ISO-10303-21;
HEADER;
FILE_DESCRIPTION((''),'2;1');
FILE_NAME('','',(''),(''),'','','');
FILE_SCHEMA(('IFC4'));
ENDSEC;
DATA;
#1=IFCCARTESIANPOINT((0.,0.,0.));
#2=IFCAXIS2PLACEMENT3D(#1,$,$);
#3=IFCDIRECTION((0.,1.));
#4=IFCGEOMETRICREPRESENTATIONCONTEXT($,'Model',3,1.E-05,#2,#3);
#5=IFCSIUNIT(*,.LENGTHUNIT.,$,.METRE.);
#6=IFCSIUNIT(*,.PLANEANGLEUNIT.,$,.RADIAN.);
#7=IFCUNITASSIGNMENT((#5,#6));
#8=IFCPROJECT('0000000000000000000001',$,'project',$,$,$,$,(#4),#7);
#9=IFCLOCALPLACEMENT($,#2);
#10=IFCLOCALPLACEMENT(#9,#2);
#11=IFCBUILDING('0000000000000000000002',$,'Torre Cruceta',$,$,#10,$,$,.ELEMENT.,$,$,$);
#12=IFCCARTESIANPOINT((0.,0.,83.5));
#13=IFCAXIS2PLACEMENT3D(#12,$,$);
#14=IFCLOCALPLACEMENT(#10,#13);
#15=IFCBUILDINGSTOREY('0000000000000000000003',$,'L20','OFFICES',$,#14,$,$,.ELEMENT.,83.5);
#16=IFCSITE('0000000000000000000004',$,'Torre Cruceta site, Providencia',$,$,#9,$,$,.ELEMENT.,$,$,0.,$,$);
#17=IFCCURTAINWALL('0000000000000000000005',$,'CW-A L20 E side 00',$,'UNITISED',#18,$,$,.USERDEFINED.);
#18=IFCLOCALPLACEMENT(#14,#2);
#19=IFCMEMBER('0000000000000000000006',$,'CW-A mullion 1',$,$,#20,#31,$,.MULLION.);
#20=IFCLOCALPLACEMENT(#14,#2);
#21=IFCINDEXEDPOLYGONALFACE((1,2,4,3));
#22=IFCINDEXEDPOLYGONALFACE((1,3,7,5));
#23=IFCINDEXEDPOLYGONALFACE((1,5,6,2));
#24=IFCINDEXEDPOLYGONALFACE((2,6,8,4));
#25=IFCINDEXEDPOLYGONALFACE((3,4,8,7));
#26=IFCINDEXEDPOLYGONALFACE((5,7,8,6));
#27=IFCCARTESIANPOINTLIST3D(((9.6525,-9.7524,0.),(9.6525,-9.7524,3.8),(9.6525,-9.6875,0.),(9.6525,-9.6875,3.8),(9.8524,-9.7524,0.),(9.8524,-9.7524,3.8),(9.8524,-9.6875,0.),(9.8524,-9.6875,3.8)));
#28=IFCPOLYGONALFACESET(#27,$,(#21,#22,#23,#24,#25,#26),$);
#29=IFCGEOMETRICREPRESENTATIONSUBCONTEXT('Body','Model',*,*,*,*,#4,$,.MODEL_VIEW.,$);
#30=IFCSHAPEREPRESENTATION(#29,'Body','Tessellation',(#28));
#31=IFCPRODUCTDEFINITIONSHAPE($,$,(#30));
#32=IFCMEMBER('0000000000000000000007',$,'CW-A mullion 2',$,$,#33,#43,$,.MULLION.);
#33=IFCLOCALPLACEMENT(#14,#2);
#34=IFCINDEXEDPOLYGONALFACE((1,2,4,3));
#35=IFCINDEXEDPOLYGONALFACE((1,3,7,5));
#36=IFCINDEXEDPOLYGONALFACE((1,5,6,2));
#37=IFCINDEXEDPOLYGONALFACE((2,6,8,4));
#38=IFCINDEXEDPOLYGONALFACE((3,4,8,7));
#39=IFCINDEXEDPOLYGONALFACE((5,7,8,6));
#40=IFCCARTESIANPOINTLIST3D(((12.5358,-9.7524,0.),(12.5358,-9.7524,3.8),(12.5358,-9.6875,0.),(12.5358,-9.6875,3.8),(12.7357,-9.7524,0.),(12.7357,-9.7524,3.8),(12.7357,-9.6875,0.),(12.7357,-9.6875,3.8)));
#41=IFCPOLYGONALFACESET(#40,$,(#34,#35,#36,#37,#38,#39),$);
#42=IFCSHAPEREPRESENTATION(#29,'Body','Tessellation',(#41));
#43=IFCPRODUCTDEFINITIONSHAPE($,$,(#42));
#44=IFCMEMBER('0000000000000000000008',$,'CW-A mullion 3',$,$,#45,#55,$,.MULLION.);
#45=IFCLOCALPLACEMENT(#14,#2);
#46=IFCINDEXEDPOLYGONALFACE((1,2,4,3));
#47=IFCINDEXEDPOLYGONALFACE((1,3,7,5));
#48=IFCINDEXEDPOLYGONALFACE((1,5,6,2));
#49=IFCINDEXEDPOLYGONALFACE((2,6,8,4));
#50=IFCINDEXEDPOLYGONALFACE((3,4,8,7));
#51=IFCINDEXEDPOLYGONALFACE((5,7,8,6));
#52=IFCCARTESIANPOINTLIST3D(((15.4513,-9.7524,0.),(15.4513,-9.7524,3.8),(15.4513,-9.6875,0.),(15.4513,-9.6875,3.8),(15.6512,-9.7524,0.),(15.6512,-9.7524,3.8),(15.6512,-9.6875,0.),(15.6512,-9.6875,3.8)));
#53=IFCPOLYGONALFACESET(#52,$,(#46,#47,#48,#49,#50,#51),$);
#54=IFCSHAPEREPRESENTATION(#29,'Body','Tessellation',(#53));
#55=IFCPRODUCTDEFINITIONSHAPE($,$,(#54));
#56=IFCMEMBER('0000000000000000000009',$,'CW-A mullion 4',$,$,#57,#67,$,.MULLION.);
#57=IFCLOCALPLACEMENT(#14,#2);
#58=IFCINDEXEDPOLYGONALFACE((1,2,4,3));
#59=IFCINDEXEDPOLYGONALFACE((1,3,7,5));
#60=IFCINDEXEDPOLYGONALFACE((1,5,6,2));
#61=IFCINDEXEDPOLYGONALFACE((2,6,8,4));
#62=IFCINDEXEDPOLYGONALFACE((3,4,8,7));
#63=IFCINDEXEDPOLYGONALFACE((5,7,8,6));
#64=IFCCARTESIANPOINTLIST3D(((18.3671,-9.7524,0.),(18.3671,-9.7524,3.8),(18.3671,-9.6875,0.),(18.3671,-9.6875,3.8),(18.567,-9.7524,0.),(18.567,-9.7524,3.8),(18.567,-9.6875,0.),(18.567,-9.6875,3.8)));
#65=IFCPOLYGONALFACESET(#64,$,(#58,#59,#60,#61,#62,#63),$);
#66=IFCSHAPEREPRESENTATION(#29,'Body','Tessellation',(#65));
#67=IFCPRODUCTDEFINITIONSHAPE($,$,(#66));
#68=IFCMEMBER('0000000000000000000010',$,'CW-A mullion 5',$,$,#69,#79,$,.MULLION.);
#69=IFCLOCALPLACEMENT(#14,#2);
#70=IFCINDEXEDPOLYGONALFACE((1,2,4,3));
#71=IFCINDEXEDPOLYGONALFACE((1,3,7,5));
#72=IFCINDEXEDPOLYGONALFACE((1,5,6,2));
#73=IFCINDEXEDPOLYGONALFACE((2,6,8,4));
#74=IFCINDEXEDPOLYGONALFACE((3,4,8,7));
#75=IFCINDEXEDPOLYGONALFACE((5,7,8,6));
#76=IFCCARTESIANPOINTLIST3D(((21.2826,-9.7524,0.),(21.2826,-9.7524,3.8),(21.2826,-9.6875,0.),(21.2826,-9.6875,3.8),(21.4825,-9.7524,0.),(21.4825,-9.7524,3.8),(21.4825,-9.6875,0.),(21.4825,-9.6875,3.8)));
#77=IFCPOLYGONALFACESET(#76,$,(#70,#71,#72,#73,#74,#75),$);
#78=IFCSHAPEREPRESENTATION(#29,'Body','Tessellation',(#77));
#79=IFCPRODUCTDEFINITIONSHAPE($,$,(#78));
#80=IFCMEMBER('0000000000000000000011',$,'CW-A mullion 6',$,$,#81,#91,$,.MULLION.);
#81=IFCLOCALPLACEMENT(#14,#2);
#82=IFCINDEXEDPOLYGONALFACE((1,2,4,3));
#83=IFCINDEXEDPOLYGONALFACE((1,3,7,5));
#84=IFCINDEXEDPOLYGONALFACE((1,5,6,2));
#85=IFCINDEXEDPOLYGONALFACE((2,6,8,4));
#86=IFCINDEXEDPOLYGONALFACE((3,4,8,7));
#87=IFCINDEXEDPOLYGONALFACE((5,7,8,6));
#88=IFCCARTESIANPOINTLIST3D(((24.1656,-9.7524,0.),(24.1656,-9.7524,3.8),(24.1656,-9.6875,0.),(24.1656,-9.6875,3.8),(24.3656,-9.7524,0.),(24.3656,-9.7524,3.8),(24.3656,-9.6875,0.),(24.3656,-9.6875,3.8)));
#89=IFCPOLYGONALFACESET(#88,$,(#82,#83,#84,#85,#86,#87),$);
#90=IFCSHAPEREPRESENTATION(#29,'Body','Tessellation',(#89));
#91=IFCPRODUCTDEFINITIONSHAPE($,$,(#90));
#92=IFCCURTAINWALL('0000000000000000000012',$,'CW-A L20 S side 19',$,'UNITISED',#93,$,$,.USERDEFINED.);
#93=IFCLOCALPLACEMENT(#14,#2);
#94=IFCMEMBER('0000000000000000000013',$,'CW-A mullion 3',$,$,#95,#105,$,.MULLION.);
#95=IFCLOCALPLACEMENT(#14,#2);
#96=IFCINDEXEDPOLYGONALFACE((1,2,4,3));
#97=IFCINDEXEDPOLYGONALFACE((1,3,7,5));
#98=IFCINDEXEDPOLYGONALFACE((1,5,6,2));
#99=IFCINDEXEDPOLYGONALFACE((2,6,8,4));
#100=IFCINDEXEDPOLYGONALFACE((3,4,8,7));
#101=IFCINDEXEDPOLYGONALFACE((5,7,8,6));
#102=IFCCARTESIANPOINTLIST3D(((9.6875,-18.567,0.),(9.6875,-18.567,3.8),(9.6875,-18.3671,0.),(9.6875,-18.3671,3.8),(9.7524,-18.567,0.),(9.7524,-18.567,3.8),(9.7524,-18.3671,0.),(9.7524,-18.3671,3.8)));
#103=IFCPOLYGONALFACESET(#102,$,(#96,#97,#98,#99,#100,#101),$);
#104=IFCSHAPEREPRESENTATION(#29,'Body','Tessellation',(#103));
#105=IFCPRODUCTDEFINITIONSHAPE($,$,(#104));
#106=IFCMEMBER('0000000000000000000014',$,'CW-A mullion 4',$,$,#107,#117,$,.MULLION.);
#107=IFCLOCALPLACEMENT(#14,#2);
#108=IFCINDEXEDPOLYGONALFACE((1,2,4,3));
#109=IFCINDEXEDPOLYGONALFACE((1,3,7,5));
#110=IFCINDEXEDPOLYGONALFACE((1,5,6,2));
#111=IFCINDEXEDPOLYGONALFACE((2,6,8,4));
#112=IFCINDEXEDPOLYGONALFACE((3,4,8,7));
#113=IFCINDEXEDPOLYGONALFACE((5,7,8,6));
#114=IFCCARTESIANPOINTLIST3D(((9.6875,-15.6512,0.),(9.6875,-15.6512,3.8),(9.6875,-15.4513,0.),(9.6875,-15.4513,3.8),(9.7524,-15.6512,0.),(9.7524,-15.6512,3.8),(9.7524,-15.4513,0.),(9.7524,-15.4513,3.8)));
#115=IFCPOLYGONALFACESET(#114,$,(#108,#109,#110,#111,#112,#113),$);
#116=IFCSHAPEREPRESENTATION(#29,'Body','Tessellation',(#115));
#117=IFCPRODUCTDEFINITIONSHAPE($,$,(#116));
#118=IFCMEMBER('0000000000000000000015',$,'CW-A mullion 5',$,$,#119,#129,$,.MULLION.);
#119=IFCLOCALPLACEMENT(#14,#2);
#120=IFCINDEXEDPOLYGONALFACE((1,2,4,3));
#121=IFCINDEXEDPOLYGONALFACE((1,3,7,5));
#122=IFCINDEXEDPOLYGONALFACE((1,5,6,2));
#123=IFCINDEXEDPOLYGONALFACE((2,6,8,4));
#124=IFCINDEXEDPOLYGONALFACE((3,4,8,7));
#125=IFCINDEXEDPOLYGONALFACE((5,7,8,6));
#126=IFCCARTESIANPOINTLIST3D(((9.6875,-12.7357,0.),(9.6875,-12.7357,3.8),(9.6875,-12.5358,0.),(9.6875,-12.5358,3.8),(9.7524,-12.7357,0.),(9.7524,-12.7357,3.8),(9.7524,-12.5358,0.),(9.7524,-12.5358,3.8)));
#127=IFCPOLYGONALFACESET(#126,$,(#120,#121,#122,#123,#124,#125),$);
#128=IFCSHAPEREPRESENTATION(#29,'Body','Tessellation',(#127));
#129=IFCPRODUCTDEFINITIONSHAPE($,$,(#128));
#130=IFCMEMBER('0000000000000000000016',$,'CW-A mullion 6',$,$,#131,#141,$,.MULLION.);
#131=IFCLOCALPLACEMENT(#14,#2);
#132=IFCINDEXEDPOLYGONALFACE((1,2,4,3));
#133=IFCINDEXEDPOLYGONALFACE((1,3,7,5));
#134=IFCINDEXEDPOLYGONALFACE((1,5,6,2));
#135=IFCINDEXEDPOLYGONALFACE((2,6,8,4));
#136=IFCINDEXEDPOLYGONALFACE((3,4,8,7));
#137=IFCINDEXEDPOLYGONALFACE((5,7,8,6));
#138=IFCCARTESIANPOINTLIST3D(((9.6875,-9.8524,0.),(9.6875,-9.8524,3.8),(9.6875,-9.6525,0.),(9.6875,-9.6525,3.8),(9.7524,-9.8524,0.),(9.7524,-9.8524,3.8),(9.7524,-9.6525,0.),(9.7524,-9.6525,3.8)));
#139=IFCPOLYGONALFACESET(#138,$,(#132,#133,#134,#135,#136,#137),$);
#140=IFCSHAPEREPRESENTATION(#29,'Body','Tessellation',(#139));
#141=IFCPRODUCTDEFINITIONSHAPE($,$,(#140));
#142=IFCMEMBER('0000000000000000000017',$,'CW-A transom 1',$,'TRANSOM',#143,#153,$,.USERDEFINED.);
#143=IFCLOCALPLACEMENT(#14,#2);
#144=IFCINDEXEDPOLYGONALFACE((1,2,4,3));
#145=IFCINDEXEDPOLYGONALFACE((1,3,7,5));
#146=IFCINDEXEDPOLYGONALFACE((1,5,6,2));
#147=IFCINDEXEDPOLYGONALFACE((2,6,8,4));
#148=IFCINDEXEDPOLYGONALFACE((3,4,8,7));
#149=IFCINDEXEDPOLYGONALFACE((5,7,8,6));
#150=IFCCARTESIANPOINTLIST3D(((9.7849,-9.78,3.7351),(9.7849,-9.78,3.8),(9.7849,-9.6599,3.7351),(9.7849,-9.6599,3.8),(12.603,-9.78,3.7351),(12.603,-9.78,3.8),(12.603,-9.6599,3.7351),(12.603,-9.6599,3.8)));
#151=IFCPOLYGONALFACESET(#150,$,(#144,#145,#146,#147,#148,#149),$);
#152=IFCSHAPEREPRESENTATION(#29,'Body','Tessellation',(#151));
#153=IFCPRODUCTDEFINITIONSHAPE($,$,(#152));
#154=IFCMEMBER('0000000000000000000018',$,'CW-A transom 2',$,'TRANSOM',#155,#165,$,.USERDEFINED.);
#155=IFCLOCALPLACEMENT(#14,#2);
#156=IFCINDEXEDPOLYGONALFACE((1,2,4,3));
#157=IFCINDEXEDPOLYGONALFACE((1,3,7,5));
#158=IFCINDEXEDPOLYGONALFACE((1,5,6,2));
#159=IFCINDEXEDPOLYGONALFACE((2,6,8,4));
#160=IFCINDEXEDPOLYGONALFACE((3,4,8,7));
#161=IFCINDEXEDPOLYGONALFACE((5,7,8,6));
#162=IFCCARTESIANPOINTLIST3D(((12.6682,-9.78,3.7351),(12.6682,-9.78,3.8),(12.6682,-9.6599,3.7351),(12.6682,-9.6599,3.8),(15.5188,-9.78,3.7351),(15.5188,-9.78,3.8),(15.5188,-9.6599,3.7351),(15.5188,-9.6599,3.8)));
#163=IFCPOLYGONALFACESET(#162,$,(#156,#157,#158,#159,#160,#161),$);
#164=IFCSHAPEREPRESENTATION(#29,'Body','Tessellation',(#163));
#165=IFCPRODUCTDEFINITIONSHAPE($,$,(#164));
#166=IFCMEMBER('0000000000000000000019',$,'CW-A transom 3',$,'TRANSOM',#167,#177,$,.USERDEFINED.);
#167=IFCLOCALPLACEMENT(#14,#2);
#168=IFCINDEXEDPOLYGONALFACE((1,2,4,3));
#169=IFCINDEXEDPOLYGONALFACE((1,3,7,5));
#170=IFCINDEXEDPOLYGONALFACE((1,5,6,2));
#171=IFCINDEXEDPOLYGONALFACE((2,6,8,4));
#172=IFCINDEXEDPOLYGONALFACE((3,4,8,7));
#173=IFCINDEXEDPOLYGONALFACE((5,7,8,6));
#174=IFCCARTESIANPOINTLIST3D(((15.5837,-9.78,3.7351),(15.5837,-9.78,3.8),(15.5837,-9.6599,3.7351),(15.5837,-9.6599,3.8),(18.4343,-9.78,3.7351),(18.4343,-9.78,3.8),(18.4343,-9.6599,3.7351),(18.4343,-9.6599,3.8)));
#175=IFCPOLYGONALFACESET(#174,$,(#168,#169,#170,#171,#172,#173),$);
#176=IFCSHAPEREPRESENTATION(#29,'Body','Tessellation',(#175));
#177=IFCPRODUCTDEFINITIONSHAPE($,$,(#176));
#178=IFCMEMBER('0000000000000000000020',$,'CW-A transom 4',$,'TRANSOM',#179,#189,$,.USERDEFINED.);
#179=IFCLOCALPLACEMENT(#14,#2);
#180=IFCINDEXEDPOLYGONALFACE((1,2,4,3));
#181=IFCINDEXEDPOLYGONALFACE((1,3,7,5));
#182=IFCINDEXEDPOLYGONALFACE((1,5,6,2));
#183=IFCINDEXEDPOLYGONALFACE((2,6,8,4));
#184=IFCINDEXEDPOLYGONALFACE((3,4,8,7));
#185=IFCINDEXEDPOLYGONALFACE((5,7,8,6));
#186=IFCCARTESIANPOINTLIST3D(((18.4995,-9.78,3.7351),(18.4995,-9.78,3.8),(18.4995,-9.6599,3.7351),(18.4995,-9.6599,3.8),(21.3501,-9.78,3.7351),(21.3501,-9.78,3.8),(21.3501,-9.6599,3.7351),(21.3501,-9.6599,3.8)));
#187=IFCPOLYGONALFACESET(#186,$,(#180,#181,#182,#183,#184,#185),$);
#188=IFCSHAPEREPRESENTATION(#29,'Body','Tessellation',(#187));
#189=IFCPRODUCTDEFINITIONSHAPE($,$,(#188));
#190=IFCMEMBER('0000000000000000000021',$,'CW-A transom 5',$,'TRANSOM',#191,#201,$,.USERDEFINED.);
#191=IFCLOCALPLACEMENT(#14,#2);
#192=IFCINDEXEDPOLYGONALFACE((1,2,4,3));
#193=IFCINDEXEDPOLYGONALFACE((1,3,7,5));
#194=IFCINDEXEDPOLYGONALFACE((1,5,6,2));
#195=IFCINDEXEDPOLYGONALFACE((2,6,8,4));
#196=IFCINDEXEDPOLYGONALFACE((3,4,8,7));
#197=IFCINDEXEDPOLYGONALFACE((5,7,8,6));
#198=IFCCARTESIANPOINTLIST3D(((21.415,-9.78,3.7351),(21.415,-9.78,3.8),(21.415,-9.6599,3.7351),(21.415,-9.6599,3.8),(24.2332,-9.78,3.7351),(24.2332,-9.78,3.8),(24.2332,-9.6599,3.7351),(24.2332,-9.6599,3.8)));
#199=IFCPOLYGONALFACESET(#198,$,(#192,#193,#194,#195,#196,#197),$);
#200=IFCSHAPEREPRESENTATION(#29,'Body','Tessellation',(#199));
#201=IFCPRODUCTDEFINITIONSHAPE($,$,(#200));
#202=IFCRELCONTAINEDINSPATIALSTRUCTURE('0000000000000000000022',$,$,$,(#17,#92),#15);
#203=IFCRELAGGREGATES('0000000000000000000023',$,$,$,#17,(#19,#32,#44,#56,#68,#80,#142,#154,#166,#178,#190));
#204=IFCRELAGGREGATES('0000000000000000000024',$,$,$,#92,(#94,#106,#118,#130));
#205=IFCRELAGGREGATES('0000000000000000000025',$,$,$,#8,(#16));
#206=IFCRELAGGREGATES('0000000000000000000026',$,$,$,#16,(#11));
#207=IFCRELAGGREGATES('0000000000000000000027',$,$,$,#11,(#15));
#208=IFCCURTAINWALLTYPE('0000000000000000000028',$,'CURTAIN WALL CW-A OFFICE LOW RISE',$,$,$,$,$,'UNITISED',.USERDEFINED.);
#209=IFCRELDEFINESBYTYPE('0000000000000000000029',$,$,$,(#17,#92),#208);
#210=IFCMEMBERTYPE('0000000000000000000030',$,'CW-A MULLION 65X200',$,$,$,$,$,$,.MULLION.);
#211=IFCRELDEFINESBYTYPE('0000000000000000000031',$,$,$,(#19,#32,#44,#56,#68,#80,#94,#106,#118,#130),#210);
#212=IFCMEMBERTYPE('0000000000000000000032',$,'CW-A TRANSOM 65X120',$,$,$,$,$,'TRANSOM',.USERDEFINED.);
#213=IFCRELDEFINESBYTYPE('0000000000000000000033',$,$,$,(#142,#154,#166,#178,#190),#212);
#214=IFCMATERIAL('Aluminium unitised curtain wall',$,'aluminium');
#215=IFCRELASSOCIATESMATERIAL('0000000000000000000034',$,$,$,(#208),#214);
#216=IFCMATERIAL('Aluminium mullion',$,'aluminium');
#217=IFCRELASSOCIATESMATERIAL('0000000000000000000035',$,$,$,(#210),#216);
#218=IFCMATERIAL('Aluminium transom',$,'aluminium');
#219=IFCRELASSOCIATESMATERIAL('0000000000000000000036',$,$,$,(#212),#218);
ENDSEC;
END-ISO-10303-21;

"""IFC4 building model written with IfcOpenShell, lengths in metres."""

from ifc_helpers import new_model, si_unit, direction, frame, origin, origin_2d, place, context, subcontext, project, spatial, rectangle, extrude, material, material_profile, profile_set, type_object, element, aggregate, save


model = new_model("IFC4")

# Units and contexts
model_context = context("Model", 3, precision=1e-05, world=origin(), true_north=direction((0.0, 1.0)))
body_context = subcontext(model_context, "Body", "Model", "MODEL_VIEW")
ifc_project = project(units=[si_unit("LENGTHUNIT", "METRE"), si_unit("PLANEANGLEUNIT", "RADIAN")], contexts=[model_context])

# Site, building, storey
site_placement = place(None, origin())
site = spatial("IfcSite", under=ifc_project, at=site_placement, Name="Torre Cruceta site, Providencia", CompositionType="ELEMENT", RefElevation=0.0)
building_placement = place(site_placement, origin())
building = spatial("IfcBuilding", under=site, at=building_placement, Name="Torre Cruceta", CompositionType="ELEMENT")
storey_placement = place(building_placement, frame((0.0, 0.0, 83.5)))
storey = spatial("IfcBuildingStorey", under=building, at=storey_placement, Name="L20", Description="OFFICES", CompositionType="ELEMENT", Elevation=83.5)

# Curtain walls, members
ifc_material_1 = material(Name="Aluminium unitised curtain wall", Category="aluminium")
curtain_wall_type = type_object("IfcCurtainWallType", Name="CURTAIN WALL CW-A OFFICE LOW RISE", ElementType="UNITISED", PredefinedType="USERDEFINED", material=ifc_material_1)
curtain_wall_1_placement = place(storey_placement, origin())
curtain_wall_1 = element("IfcCurtainWall", 1, at=curtain_wall_1_placement, inside=storey, type_object=curtain_wall_type, Name="CW-A L20 E side 00", ObjectType="UNITISED", PredefinedType="USERDEFINED")
ifc_material_2 = material(Name="Aluminium mullion", Category="aluminium")
ifc_material_profile_1 = material_profile(ifc_material_2, rectangle(XDim=0.0649, YDim=0.2, at=origin_2d()), Name="AL 65X200")
ifc_profile_set_1 = profile_set([ifc_material_profile_1], Name="Aluminium mullion")
member_type_1 = type_object("IfcMemberType", Name="CW-A MULLION 65X200", PredefinedType="MULLION", material=ifc_profile_set_1)
member_1_placement = place(storey_placement, frame((9.7524, -9.72, 0.0), z_axis=(0.0, 0.0, 1.0), x_axis=(0.0, 1.0, 0.0)))
member_1 = element("IfcMember", 2, at=member_1_placement, type_object=member_type_1, Name="CW-A mullion 1", PredefinedType="MULLION", context=body_context, shape_type="SweptSolid", body=[
    extrude(rectangle(XDim=0.0649, YDim=0.2, at=origin_2d()), origin(), (0.0, 0.0, 1.0), 3.8),
])
member_2_placement = place(storey_placement, frame((12.6357, -9.72, 0.0), z_axis=(0.0, 0.0, 1.0), x_axis=(0.0, 1.0, 0.0)))
member_2 = element("IfcMember", 3, at=member_2_placement, type_object=member_type_1, Name="CW-A mullion 2", PredefinedType="MULLION", context=body_context, shape_type="SweptSolid", body=[
    extrude(rectangle(XDim=0.0649, YDim=0.2, at=origin_2d()), origin(), (0.0, 0.0, 1.0), 3.8),
])
member_3_placement = place(storey_placement, frame((15.5513, -9.72, 0.0), z_axis=(0.0, 0.0, 1.0), x_axis=(0.0, 1.0, 0.0)))
member_3 = element("IfcMember", 4, at=member_3_placement, type_object=member_type_1, Name="CW-A mullion 3", PredefinedType="MULLION", context=body_context, shape_type="SweptSolid", body=[
    extrude(rectangle(XDim=0.0649, YDim=0.2, at=origin_2d()), origin(), (0.0, 0.0, 1.0), 3.8),
])
member_4_placement = place(storey_placement, frame((18.467, -9.72, 0.0), z_axis=(0.0, 0.0, 1.0), x_axis=(0.0, 1.0, 0.0)))
member_4 = element("IfcMember", 5, at=member_4_placement, type_object=member_type_1, Name="CW-A mullion 4", PredefinedType="MULLION", context=body_context, shape_type="SweptSolid", body=[
    extrude(rectangle(XDim=0.0649, YDim=0.2, at=origin_2d()), origin(), (0.0, 0.0, 1.0), 3.8),
])
member_5_placement = place(storey_placement, frame((21.3826, -9.72, 0.0), z_axis=(0.0, 0.0, 1.0), x_axis=(0.0, 1.0, 0.0)))
member_5 = element("IfcMember", 6, at=member_5_placement, type_object=member_type_1, Name="CW-A mullion 5", PredefinedType="MULLION", context=body_context, shape_type="SweptSolid", body=[
    extrude(rectangle(XDim=0.0649, YDim=0.2, at=origin_2d()), origin(), (0.0, 0.0, 1.0), 3.8),
])
member_6_placement = place(storey_placement, frame((24.2656, -9.72, 0.0), z_axis=(0.0, 0.0, 1.0), x_axis=(0.0, 1.0, 0.0)))
member_6 = element("IfcMember", 7, at=member_6_placement, type_object=member_type_1, Name="CW-A mullion 6", PredefinedType="MULLION", context=body_context, shape_type="SweptSolid", body=[
    extrude(rectangle(XDim=0.0649, YDim=0.2, at=origin_2d()), origin(), (0.0, 0.0, 1.0), 3.8),
])
curtain_wall_2_placement = place(storey_placement, origin())
curtain_wall_2 = element("IfcCurtainWall", 8, at=curtain_wall_2_placement, inside=storey, type_object=curtain_wall_type, Name="CW-A L20 S side 19", ObjectType="UNITISED", PredefinedType="USERDEFINED")
member_7_placement = place(storey_placement, frame((9.72, -18.467, 0.0), z_axis=(0.0, 0.0, 1.0), x_axis=(-1.0, 0.0, 0.0)))
member_7 = element("IfcMember", 9, at=member_7_placement, type_object=member_type_1, Name="CW-A mullion 3", PredefinedType="MULLION", context=body_context, shape_type="SweptSolid", body=[
    extrude(rectangle(XDim=0.0649, YDim=0.2, at=origin_2d()), origin(), (0.0, 0.0, 1.0), 3.8),
])
member_8_placement = place(storey_placement, frame((9.72, -15.5513, 0.0), z_axis=(0.0, 0.0, 1.0), x_axis=(-1.0, 0.0, 0.0)))
member_8 = element("IfcMember", 10, at=member_8_placement, type_object=member_type_1, Name="CW-A mullion 4", PredefinedType="MULLION", context=body_context, shape_type="SweptSolid", body=[
    extrude(rectangle(XDim=0.0649, YDim=0.2, at=origin_2d()), origin(), (0.0, 0.0, 1.0), 3.8),
])
member_9_placement = place(storey_placement, frame((9.72, -12.6357, 0.0), z_axis=(0.0, 0.0, 1.0), x_axis=(-1.0, 0.0, 0.0)))
member_9 = element("IfcMember", 11, at=member_9_placement, type_object=member_type_1, Name="CW-A mullion 5", PredefinedType="MULLION", context=body_context, shape_type="SweptSolid", body=[
    extrude(rectangle(XDim=0.0649, YDim=0.2, at=origin_2d()), origin(), (0.0, 0.0, 1.0), 3.8),
])
member_10_placement = place(storey_placement, frame((9.72, -9.7524, 0.0), z_axis=(0.0, 0.0, 1.0), x_axis=(-1.0, 0.0, 0.0)))
member_10 = element("IfcMember", 12, at=member_10_placement, type_object=member_type_1, Name="CW-A mullion 6", PredefinedType="MULLION", context=body_context, shape_type="SweptSolid", body=[
    extrude(rectangle(XDim=0.0649, YDim=0.2, at=origin_2d()), origin(), (0.0, 0.0, 1.0), 3.8),
])

# Members
ifc_material_3 = material(Name="Aluminium transom", Category="aluminium")
ifc_material_profile_2 = material_profile(ifc_material_3, rectangle(XDim=0.1201, YDim=0.0649, at=origin_2d()), Name="AL 120X65")
ifc_profile_set_2 = profile_set([ifc_material_profile_2], Name="Aluminium transom")
member_type_2 = type_object("IfcMemberType", Name="CW-A TRANSOM 65X120", ElementType="TRANSOM", PredefinedType="USERDEFINED", material=ifc_profile_set_2)
member_11_placement = place(storey_placement, frame((9.7849, -9.72, 3.7676), z_axis=(1.0, 0.0, 0.0), x_axis=(0.0, 1.0, 0.0)))
member_11 = element("IfcMember", 13, at=member_11_placement, type_object=member_type_2, Name="CW-A transom 1", ObjectType="TRANSOM", PredefinedType="USERDEFINED", context=body_context, shape_type="SweptSolid", body=[
    extrude(rectangle(XDim=0.1201, YDim=0.0649, at=origin_2d()), origin(), (0.0, 0.0, 1.0), 2.8181),
])
member_12_placement = place(storey_placement, frame((12.6682, -9.72, 3.7676), z_axis=(1.0, 0.0, 0.0), x_axis=(0.0, 1.0, 0.0)))
member_12 = element("IfcMember", 14, at=member_12_placement, type_object=member_type_2, Name="CW-A transom 2", ObjectType="TRANSOM", PredefinedType="USERDEFINED", context=body_context, shape_type="SweptSolid", body=[
    extrude(rectangle(XDim=0.1201, YDim=0.0649, at=origin_2d()), origin(), (0.0, 0.0, 1.0), 2.8506),
])
member_13_placement = place(storey_placement, frame((15.5837, -9.72, 3.7676), z_axis=(1.0, 0.0, 0.0), x_axis=(0.0, 1.0, 0.0)))
member_13 = element("IfcMember", 15, at=member_13_placement, type_object=member_type_2, Name="CW-A transom 3", ObjectType="TRANSOM", PredefinedType="USERDEFINED", context=body_context, shape_type="SweptSolid", body=[
    extrude(rectangle(XDim=0.1201, YDim=0.0649, at=origin_2d()), origin(), (0.0, 0.0, 1.0), 2.8506),
])
member_14_placement = place(storey_placement, frame((18.4995, -9.72, 3.7676), z_axis=(1.0, 0.0, 0.0), x_axis=(0.0, 1.0, 0.0)))
member_14 = element("IfcMember", 16, at=member_14_placement, type_object=member_type_2, Name="CW-A transom 4", ObjectType="TRANSOM", PredefinedType="USERDEFINED", context=body_context, shape_type="SweptSolid", body=[
    extrude(rectangle(XDim=0.1201, YDim=0.0649, at=origin_2d()), origin(), (0.0, 0.0, 1.0), 2.8506),
])
member_15_placement = place(storey_placement, frame((21.415, -9.72, 3.7676), z_axis=(1.0, 0.0, 0.0), x_axis=(0.0, 1.0, 0.0)))
member_15 = element("IfcMember", 17, at=member_15_placement, type_object=member_type_2, Name="CW-A transom 5", ObjectType="TRANSOM", PredefinedType="USERDEFINED", context=body_context, shape_type="SweptSolid", body=[
    extrude(rectangle(XDim=0.1201, YDim=0.0649, at=origin_2d()), origin(), (0.0, 0.0, 1.0), 2.8181),
])

aggregate(curtain_wall_1, [member_1, member_2, member_3, member_4, member_5, member_6, member_11, member_12, member_13, member_14, member_15])
aggregate(curtain_wall_2, [member_7, member_8, member_9, member_10])

save(model, "model.ifc")
